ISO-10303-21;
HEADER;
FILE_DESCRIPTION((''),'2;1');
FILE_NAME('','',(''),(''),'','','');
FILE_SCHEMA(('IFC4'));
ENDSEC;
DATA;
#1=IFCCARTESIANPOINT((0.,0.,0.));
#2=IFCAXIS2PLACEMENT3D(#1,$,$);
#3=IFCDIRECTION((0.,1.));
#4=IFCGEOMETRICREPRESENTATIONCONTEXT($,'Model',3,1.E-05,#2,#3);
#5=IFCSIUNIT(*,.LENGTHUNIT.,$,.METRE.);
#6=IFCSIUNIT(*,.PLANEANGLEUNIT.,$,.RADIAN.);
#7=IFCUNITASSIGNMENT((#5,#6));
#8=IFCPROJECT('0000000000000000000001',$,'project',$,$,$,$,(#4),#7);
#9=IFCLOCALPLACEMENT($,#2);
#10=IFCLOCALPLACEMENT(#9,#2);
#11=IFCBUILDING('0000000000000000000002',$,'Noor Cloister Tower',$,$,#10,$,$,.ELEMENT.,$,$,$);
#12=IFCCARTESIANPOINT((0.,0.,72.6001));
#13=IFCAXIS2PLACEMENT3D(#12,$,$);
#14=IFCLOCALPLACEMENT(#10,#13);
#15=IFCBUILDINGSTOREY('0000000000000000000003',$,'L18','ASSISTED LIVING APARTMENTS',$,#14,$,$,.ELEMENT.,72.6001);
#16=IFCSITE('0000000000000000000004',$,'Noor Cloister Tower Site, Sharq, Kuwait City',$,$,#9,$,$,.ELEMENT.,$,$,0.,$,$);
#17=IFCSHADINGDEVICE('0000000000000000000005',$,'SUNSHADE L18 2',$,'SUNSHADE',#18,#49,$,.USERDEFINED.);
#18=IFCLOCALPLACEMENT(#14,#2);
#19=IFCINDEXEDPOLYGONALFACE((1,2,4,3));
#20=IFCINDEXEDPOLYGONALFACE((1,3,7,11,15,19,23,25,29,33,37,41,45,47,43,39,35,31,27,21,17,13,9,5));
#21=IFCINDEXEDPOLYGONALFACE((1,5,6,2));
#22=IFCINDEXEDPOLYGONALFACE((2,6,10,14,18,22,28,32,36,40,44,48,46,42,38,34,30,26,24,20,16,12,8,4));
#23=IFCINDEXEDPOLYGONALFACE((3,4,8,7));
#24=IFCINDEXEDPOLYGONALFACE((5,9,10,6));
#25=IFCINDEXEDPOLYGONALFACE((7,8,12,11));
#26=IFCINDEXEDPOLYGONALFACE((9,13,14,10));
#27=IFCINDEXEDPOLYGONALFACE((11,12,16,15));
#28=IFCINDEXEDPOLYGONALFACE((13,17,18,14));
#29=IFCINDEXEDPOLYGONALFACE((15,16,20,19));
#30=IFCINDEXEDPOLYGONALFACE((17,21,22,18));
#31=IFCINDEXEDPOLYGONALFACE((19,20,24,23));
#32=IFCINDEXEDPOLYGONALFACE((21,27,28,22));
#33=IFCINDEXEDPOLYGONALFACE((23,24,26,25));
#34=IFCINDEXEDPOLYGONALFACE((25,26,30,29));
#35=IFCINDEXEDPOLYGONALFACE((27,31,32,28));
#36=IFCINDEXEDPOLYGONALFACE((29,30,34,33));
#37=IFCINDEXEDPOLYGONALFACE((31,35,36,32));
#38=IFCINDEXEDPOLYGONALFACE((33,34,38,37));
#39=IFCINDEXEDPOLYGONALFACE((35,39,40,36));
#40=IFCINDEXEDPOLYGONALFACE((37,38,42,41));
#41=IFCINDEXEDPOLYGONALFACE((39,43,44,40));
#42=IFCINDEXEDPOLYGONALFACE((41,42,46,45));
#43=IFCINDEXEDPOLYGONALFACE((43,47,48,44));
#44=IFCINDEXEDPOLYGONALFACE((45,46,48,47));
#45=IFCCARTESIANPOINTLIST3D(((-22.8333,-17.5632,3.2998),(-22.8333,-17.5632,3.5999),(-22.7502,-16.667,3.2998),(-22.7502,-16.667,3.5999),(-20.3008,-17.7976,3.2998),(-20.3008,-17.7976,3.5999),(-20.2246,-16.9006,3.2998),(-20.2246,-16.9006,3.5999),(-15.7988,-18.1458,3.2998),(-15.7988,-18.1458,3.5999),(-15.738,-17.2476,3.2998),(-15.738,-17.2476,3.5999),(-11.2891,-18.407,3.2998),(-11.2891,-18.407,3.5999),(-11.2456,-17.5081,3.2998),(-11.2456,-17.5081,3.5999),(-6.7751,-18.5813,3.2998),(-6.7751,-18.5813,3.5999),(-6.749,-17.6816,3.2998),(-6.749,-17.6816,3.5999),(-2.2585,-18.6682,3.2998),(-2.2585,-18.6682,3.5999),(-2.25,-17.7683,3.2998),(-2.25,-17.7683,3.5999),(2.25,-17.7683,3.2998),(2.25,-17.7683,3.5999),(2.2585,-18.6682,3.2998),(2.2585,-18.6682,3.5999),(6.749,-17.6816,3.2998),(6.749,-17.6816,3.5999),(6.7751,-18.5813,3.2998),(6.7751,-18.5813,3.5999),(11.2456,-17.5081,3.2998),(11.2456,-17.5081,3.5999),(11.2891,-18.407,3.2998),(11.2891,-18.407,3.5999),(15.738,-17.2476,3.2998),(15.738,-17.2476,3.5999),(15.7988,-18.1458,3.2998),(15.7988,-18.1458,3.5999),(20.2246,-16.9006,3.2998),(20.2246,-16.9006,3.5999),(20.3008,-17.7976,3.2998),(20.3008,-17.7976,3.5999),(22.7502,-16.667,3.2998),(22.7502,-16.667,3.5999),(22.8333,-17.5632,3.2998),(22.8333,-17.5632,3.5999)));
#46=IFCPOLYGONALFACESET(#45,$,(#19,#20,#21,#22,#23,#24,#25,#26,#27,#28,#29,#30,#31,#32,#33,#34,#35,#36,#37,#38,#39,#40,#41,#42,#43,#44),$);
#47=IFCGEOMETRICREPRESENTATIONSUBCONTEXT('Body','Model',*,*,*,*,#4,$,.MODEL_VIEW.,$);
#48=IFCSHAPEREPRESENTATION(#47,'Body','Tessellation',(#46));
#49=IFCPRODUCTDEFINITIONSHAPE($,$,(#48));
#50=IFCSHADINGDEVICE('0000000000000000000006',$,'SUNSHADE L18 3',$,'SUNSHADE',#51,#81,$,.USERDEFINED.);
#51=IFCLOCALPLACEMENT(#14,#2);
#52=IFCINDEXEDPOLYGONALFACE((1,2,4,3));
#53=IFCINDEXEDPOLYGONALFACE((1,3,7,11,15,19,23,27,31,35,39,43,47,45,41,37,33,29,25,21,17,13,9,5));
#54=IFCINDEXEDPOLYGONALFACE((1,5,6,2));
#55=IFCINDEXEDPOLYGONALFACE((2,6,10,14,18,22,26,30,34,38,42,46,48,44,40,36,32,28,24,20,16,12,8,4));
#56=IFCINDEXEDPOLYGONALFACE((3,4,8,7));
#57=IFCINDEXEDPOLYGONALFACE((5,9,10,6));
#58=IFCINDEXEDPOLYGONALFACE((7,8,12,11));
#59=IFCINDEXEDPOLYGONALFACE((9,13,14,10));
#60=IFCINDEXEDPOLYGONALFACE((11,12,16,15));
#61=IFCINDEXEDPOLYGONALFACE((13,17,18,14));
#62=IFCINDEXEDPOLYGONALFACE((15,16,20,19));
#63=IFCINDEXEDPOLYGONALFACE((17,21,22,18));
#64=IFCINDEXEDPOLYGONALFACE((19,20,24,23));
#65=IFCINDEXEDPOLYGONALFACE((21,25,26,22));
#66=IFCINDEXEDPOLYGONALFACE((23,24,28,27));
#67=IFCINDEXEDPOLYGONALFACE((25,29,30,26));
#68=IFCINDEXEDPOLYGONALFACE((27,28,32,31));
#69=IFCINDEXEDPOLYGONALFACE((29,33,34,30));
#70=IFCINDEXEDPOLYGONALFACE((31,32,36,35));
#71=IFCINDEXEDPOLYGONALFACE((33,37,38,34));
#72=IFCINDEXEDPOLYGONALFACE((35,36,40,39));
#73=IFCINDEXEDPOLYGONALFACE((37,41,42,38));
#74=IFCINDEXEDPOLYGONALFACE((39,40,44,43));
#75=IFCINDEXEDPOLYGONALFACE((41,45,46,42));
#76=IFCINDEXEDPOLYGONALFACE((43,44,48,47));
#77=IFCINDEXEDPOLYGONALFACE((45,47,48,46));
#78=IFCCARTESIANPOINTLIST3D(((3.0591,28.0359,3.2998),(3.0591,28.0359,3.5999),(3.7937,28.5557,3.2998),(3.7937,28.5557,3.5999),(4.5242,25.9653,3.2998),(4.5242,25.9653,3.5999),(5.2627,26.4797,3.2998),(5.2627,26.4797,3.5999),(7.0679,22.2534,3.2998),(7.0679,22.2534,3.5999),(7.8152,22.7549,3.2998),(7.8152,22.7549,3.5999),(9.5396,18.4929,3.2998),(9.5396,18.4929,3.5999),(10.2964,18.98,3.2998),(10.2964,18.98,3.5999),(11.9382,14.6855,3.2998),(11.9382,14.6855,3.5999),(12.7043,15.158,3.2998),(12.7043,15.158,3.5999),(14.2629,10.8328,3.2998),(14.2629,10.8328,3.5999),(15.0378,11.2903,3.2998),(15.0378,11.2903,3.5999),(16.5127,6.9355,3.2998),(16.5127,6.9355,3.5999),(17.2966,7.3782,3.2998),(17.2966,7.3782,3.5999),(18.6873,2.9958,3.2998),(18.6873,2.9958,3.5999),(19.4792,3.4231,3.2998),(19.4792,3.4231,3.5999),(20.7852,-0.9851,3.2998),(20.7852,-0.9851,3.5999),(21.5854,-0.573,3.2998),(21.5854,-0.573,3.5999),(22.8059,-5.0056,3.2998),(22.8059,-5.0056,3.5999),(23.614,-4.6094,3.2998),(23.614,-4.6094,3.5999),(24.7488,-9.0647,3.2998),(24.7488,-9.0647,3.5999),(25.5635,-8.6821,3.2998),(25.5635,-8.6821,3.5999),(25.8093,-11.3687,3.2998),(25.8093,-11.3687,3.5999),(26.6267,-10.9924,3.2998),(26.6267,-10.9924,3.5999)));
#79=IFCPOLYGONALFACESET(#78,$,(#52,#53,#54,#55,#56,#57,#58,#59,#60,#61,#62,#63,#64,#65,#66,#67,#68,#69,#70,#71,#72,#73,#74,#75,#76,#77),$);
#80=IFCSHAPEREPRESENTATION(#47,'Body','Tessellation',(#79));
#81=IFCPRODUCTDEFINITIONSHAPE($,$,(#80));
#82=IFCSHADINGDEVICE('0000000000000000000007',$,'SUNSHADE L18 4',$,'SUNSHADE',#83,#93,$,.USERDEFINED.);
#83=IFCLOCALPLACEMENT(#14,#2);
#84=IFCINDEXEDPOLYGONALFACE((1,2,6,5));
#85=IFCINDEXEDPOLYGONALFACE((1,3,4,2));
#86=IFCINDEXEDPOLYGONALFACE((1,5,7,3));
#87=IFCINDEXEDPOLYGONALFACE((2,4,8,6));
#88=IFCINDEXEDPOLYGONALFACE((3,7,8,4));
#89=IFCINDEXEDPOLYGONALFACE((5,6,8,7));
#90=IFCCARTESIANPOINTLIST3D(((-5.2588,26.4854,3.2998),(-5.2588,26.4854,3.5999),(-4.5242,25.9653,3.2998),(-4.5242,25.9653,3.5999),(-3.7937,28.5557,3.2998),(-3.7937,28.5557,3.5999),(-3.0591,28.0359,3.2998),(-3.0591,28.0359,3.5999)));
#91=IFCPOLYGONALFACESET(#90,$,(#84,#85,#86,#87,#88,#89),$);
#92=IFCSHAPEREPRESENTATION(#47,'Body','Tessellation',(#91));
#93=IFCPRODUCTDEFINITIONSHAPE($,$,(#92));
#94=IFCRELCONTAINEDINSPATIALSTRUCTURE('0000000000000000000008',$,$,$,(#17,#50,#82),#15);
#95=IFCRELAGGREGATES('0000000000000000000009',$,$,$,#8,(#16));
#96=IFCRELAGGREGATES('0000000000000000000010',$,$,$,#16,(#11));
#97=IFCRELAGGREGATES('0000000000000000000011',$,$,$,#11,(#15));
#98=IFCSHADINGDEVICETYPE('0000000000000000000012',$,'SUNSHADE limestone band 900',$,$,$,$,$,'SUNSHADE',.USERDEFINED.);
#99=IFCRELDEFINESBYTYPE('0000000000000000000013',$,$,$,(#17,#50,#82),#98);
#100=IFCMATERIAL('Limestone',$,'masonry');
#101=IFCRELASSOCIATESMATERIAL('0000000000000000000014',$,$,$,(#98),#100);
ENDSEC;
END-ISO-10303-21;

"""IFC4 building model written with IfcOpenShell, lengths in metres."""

from ifc_helpers import new_model, si_unit, direction, frame, origin, place, context, subcontext, project, spatial, polyline, outline, extrude, material, type_object, element, save


model = new_model("IFC4")

# Units and contexts
model_context = context("Model", 3, precision=1e-05, world=origin(), true_north=direction((0.0, 1.0)))
body_context = subcontext(model_context, "Body", "Model", "MODEL_VIEW")
ifc_project = project(units=[si_unit("LENGTHUNIT", "METRE"), si_unit("PLANEANGLEUNIT", "RADIAN")], contexts=[model_context])

# Site, building, storey
site_placement = place(None, origin())
site = spatial("IfcSite", under=ifc_project, at=site_placement, Name="Noor Cloister Tower Site, Sharq, Kuwait City", CompositionType="ELEMENT", RefElevation=0.0)
building_placement = place(site_placement, origin())
building = spatial("IfcBuilding", under=site, at=building_placement, Name="Noor Cloister Tower", CompositionType="ELEMENT")
storey_placement = place(building_placement, frame((0.0, 0.0, 72.6001)))
storey = spatial("IfcBuildingStorey", under=building, at=storey_placement, Name="L18", Description="ASSISTED LIVING APARTMENTS", CompositionType="ELEMENT", Elevation=72.6001)

# Shading devices
ifc_material_1 = material(Name="Limestone", Category="masonry")
shading_device_type = type_object("IfcShadingDeviceType", Name="SUNSHADE limestone band 900", ElementType="SUNSHADE", PredefinedType="USERDEFINED", material=ifc_material_1)
shading_device_1_placement = place(storey_placement, frame((0.0, 0.0, 3.2998)))
element("IfcShadingDevice", 1, at=shading_device_1_placement, inside=storey, type_object=shading_device_type, Name="SUNSHADE L18 2", ObjectType="SUNSHADE", PredefinedType="USERDEFINED", context=body_context, shape_type="SweptSolid", body=[
    extrude(outline(polyline([(-22.8333, -17.5632), (-20.3008, -17.7976), (-15.7988, -18.1458), (-11.2891, -18.407), (-6.7751, -18.5813), (-2.2585, -18.6682), (2.2585, -18.6682), (6.7751, -18.5813), (11.2891, -18.407), (15.7988, -18.1458), (20.3008, -17.7976), (22.8333, -17.5632), (22.7502, -16.667), (20.2246, -16.9006), (15.738, -17.2476), (11.2456, -17.5081), (6.749, -17.6816), (2.25, -17.7683), (-2.25, -17.7683), (-6.749, -17.6816), (-11.2456, -17.5081), (-15.738, -17.2476), (-20.2246, -16.9006), (-22.7502, -16.667), (-22.8333, -17.5632)])), origin(), (0.0, 0.0, 1.0), 0.3),
])
shading_device_2_placement = place(storey_placement, frame((0.0, 0.0, 3.2998)))
element("IfcShadingDevice", 2, at=shading_device_2_placement, inside=storey, type_object=shading_device_type, Name="SUNSHADE L18 3", ObjectType="SUNSHADE", PredefinedType="USERDEFINED", context=body_context, shape_type="SweptSolid", body=[
    extrude(outline(polyline([(26.6267, -10.9924), (25.5635, -8.6821), (23.614, -4.6094), (21.5854, -0.573), (19.4792, 3.4231), (17.2966, 7.3782), (15.0378, 11.2903), (12.7043, 15.158), (10.2964, 18.98), (7.8152, 22.7549), (5.2627, 26.4797), (3.7937, 28.5557), (3.0591, 28.0359), (4.5242, 25.9653), (7.0679, 22.2534), (9.5396, 18.4929), (11.9382, 14.6855), (14.2629, 10.8328), (16.5127, 6.9355), (18.6873, 2.9958), (20.7852, -0.9851), (22.8059, -5.0056), (24.7488, -9.0647), (25.8093, -11.3687), (26.6267, -10.9924)])), origin(), (0.0, 0.0, 1.0), 0.3),
])
shading_device_3_placement = place(storey_placement, frame((0.0, 0.0, 3.2998)))
element("IfcShadingDevice", 3, at=shading_device_3_placement, inside=storey, type_object=shading_device_type, Name="SUNSHADE L18 4", ObjectType="SUNSHADE", PredefinedType="USERDEFINED", context=body_context, shape_type="SweptSolid", body=[
    extrude(outline(polyline([(-3.7937, 28.5557), (-5.2588, 26.4854), (-4.5242, 25.9653), (-3.0591, 28.0359), (-3.7937, 28.5557)])), origin(), (0.0, 0.0, 1.0), 0.3),
])

save(model, "model.ifc")
